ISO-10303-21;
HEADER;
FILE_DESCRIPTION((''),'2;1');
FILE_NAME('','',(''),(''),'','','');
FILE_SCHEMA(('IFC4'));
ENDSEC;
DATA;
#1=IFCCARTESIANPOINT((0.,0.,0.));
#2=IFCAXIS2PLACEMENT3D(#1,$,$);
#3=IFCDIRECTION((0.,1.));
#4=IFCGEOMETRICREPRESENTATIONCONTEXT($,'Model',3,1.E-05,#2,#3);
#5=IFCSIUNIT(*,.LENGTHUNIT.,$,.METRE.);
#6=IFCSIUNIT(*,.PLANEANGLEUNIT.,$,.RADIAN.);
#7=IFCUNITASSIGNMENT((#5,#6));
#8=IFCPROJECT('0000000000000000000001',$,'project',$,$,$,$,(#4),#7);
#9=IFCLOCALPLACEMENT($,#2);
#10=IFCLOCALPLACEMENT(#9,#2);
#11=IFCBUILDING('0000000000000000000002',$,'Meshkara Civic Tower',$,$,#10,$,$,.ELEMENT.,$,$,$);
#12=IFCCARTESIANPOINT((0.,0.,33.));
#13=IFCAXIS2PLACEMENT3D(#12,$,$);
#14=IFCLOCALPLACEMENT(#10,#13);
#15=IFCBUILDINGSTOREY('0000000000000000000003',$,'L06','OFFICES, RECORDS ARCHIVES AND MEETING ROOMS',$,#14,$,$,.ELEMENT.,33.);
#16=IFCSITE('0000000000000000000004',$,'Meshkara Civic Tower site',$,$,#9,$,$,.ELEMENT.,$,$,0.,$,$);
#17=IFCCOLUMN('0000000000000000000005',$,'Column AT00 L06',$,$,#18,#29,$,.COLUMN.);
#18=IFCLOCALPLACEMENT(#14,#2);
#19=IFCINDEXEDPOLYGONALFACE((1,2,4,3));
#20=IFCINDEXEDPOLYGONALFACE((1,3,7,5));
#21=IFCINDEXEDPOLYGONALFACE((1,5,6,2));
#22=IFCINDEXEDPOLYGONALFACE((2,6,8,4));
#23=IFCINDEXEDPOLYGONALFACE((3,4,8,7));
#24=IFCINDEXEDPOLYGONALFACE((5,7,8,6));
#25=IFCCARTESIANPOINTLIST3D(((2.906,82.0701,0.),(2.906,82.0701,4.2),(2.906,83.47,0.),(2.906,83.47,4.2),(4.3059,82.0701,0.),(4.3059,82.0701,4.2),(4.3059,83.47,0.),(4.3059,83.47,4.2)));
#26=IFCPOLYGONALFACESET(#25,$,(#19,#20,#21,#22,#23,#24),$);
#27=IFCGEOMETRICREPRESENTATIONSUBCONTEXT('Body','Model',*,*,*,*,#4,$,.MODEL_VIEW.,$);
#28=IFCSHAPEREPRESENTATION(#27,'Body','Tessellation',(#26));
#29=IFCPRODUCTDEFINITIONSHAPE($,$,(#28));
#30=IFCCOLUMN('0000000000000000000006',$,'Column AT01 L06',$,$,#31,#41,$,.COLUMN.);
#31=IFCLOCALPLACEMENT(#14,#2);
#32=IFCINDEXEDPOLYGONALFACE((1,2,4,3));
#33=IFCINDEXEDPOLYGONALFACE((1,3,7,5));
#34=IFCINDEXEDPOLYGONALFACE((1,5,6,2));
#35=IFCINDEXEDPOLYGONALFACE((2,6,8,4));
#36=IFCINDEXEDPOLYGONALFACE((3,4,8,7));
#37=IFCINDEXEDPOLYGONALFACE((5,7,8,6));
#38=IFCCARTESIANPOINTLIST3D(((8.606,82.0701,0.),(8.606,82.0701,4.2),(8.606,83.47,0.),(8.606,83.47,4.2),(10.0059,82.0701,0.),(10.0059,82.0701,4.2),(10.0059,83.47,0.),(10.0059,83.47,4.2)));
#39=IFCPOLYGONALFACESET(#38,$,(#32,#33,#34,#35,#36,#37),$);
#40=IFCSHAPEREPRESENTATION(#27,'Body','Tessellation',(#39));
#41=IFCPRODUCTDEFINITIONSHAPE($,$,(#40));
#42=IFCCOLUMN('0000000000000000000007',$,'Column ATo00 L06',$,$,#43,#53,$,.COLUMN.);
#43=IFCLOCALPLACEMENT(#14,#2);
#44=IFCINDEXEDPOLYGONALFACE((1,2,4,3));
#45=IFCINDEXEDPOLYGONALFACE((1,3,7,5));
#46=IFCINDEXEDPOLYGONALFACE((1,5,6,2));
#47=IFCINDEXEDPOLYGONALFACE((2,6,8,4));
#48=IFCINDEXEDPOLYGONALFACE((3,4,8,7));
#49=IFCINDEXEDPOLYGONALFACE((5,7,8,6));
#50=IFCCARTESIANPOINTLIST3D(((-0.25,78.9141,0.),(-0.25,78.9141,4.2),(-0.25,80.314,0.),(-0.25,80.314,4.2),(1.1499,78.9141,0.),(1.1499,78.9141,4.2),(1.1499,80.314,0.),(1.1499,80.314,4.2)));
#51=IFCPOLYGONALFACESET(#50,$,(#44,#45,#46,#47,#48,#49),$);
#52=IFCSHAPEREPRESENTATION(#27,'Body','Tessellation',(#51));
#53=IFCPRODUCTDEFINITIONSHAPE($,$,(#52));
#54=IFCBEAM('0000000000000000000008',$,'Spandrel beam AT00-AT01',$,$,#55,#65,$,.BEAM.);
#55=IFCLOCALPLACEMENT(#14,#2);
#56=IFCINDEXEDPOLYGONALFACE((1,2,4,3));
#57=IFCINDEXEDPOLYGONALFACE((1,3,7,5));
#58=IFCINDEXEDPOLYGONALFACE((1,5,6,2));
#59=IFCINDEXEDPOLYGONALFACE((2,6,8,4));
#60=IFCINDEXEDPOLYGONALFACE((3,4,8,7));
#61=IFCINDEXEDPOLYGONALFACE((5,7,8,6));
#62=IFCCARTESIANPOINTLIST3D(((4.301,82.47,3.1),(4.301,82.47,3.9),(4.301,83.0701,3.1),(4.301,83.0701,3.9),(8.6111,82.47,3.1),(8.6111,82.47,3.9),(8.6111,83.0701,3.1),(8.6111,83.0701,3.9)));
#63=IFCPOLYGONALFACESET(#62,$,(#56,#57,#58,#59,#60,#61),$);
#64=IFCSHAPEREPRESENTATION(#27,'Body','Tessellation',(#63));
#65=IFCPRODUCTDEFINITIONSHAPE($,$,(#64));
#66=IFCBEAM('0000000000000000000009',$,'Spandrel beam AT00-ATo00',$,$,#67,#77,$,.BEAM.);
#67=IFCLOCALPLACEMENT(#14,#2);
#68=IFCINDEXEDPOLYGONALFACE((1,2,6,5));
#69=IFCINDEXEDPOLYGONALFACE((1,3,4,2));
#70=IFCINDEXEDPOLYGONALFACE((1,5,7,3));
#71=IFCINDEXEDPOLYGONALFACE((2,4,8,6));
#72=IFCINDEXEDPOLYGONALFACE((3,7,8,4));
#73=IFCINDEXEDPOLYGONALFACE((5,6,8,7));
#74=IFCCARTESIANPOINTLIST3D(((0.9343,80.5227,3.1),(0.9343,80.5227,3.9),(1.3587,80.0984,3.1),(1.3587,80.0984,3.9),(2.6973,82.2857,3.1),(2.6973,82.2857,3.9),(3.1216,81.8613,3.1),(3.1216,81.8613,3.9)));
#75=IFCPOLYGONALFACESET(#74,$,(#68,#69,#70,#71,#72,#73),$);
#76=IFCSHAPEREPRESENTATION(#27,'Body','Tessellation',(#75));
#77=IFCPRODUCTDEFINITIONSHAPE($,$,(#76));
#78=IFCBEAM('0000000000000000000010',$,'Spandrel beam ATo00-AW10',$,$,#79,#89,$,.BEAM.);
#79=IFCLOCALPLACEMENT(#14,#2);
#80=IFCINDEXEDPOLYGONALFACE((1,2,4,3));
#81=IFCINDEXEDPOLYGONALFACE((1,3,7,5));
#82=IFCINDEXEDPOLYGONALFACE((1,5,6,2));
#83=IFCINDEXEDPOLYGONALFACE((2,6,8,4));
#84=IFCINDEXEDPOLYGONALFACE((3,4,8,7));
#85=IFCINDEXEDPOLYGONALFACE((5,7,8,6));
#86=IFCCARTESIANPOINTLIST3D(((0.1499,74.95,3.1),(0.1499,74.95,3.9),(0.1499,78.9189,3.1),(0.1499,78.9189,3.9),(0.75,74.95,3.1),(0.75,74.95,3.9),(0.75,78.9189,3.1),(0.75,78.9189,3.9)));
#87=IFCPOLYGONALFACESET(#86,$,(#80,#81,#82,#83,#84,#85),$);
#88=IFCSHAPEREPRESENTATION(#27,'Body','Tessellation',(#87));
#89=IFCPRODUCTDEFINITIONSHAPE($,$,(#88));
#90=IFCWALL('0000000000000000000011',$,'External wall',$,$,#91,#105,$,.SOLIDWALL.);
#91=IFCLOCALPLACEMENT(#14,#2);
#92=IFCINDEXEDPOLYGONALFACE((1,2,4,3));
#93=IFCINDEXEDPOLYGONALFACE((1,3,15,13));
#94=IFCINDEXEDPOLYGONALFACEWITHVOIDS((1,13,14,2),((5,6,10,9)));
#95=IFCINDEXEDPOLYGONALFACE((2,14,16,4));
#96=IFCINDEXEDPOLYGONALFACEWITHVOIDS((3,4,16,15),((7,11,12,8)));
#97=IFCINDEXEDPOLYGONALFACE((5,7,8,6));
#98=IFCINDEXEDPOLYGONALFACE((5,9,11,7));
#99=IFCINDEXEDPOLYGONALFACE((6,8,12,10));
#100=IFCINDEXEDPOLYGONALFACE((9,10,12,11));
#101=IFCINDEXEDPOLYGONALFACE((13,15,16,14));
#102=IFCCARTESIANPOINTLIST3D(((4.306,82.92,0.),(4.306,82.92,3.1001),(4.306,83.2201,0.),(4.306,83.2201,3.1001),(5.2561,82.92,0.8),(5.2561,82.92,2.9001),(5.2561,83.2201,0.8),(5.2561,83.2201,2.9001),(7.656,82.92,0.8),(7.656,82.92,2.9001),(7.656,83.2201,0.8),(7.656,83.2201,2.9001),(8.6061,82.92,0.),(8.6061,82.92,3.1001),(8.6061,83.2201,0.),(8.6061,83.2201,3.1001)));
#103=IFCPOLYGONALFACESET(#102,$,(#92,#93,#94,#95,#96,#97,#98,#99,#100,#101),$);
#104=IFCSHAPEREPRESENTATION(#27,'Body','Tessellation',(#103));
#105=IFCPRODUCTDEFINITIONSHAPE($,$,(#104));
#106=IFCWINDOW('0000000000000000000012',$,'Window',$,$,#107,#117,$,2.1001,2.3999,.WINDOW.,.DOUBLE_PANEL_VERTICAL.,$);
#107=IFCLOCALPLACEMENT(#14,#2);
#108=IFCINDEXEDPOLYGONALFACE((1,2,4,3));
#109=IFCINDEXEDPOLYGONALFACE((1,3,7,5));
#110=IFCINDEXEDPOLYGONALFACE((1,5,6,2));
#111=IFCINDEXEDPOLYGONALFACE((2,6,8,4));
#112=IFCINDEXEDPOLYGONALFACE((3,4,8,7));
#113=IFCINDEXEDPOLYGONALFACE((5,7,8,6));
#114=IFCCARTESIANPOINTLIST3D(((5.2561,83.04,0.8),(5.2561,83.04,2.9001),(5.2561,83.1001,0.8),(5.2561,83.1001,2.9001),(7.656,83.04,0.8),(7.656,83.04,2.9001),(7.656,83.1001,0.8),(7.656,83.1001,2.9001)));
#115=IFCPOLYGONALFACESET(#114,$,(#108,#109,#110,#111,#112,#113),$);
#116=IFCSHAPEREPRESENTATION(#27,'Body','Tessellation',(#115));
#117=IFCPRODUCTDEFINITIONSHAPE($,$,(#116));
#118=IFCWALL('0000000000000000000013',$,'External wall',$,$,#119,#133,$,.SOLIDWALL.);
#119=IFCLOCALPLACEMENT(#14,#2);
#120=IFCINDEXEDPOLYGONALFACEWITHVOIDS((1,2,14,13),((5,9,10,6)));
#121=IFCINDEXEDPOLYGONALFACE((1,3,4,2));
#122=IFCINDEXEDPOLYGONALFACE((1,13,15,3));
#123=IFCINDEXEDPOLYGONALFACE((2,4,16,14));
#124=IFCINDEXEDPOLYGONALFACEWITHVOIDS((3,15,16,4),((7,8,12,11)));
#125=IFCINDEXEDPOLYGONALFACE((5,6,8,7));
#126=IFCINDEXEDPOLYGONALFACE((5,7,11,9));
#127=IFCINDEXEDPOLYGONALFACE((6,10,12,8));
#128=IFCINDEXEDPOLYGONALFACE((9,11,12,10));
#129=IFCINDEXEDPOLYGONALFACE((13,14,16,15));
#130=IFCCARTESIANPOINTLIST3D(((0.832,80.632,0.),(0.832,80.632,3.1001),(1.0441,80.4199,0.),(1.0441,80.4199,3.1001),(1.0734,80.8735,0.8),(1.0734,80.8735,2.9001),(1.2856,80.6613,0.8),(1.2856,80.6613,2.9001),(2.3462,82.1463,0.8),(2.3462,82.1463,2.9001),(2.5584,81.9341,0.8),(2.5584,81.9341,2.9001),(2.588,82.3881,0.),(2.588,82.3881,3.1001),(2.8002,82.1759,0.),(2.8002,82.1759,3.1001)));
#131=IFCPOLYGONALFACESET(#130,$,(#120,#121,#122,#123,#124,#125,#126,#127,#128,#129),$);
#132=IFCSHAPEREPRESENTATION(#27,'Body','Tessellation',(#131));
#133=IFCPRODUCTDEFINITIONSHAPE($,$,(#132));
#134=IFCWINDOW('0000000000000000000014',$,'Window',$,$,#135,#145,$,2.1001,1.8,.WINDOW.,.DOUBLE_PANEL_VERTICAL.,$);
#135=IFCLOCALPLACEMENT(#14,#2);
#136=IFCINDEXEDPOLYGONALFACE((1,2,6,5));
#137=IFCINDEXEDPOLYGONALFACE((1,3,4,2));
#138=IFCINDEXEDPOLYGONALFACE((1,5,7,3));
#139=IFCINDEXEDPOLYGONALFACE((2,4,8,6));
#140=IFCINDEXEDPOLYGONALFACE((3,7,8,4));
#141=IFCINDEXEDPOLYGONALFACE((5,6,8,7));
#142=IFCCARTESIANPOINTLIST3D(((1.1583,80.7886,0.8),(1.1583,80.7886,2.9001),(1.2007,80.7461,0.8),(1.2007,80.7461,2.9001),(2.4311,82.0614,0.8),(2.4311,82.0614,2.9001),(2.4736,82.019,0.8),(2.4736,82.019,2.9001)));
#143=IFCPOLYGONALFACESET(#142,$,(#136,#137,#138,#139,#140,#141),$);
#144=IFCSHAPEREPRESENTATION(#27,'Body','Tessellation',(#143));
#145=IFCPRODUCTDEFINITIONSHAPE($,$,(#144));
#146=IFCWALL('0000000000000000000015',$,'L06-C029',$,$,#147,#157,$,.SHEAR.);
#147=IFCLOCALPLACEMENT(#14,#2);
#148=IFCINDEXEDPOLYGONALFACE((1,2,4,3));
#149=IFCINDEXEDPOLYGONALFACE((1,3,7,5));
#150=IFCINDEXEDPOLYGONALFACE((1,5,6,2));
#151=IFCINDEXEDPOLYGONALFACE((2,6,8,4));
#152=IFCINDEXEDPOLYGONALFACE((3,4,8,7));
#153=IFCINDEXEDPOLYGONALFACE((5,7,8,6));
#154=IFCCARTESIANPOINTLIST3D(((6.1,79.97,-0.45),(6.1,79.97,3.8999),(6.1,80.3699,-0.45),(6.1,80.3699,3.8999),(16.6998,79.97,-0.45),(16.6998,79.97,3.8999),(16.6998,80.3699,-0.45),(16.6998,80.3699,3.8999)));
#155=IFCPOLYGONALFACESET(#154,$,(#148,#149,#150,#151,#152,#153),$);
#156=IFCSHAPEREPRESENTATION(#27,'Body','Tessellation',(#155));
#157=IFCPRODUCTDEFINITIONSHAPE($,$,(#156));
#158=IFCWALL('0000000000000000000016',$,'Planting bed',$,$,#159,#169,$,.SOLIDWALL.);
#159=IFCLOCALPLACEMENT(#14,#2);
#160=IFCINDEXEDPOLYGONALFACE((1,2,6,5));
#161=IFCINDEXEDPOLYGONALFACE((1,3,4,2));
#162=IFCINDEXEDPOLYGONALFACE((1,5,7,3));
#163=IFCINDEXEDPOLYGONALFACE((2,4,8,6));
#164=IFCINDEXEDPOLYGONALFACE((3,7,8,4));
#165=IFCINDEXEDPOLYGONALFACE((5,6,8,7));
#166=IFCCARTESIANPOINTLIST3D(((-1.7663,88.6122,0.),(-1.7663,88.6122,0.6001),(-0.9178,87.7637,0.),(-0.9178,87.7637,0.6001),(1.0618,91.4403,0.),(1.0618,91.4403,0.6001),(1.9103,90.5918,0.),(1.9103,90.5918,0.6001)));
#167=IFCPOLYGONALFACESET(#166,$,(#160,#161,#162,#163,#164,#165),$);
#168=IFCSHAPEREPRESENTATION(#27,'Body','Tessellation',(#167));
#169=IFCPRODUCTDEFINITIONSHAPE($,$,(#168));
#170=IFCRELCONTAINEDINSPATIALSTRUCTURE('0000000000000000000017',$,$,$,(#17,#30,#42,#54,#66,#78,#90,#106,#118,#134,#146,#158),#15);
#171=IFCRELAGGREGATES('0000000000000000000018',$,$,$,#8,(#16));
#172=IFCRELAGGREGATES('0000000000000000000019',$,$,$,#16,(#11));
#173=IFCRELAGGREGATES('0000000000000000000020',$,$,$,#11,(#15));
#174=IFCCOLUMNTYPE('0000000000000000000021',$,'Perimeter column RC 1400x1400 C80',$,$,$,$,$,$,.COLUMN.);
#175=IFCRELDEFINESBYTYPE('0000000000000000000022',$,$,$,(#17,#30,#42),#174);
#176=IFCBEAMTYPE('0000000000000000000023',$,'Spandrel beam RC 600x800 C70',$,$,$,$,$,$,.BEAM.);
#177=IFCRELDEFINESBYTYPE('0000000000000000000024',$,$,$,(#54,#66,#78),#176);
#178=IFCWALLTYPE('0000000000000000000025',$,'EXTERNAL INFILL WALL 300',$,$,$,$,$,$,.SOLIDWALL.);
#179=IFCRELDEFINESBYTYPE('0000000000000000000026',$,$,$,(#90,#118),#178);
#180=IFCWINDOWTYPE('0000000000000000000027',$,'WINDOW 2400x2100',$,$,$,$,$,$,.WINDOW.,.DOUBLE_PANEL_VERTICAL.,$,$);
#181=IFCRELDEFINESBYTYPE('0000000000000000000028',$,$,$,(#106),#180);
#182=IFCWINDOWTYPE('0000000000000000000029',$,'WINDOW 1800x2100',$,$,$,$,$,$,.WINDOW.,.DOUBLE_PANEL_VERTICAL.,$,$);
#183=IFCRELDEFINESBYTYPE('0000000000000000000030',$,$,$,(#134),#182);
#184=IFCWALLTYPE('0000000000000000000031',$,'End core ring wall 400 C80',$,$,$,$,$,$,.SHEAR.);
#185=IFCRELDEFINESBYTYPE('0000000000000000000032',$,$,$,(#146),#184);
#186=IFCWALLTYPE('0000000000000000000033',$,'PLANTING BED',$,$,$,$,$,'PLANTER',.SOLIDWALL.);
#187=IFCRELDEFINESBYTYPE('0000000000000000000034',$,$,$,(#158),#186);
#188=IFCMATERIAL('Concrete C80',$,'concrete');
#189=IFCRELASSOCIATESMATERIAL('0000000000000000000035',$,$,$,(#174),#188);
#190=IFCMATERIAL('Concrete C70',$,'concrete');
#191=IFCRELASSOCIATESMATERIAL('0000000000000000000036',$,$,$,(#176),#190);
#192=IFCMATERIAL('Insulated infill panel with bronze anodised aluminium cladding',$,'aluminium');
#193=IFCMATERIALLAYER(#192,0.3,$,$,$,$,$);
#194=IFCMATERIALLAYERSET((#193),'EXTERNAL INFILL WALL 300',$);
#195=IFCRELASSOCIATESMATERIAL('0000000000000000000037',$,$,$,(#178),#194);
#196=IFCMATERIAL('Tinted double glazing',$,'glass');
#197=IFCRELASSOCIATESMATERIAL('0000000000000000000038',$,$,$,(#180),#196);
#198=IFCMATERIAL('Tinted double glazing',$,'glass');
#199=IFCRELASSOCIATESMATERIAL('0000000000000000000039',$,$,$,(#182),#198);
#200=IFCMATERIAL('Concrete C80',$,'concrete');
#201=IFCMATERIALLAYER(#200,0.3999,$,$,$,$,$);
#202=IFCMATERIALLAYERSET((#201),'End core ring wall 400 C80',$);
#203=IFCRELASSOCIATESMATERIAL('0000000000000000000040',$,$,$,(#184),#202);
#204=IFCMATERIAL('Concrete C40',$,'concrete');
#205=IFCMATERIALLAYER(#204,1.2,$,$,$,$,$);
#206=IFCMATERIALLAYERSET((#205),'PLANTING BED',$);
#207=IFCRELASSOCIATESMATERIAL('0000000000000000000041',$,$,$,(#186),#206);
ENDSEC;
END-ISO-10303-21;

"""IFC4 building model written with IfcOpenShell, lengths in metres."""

from ifc_helpers import new_model, si_unit, direction, frame, frame_2d, origin, origin_2d, place, context, subcontext, project, spatial, rectangle, extrude, material, layer, layer_set, material_profile, profile_set, type_object, element, fill, save


model = new_model("IFC4")

# Units and contexts
model_context = context("Model", 3, precision=1e-05, world=origin(), true_north=direction((0.0, 1.0)))
body_context = subcontext(model_context, "Body", "Model", "MODEL_VIEW")
ifc_project = project(units=[si_unit("LENGTHUNIT", "METRE"), si_unit("PLANEANGLEUNIT", "RADIAN")], contexts=[model_context])

# Site, building, storey
site_placement = place(None, origin())
site = spatial("IfcSite", under=ifc_project, at=site_placement, Name="Meshkara Civic Tower site", CompositionType="ELEMENT", RefElevation=0.0)
building_placement = place(site_placement, origin())
building = spatial("IfcBuilding", under=site, at=building_placement, Name="Meshkara Civic Tower", CompositionType="ELEMENT")
storey_placement = place(building_placement, frame((0.0, 0.0, 33.0)))
storey = spatial("IfcBuildingStorey", under=building, at=storey_placement, Name="L06", Description="OFFICES, RECORDS ARCHIVES AND MEETING ROOMS", CompositionType="ELEMENT", Elevation=33.0)

# Columns
ifc_material_1 = material(Name="Concrete C80", Category="concrete")
ifc_material_profile_1 = material_profile(ifc_material_1, rectangle(XDim=1.3999, YDim=1.3999, at=origin_2d()))
ifc_profile_set_1 = profile_set([ifc_material_profile_1], Name="Concrete C80")
column_type = type_object("IfcColumnType", Name="Perimeter column RC 1400x1400 C80", PredefinedType="COLUMN", material=ifc_profile_set_1)
for number, where, z_axis, x_axis, name in (
    (1, (3.606, 82.77, 0.0), (0.0, 0.0, 1.0), (1.0, 0.0, 0.0), "Column AT00 L06"),
    (2, (9.3059, 82.77, 0.0), (0.0, 0.0, 1.0), (1.0, 0.0, 0.0), "Column AT01 L06"),
    (3, (0.45, 79.614, 0.0), (0.0, 0.0, 1.0), (1.0, 0.0, 0.0), "Column ATo00 L06"),
):
    element("IfcColumn", number, at=place(storey_placement, frame(where, z_axis=z_axis, x_axis=x_axis)), inside=storey, type_object=column_type, Name=name, PredefinedType="COLUMN", context=body_context, shape_type="SweptSolid", body=[
        extrude(rectangle(XDim=1.3999, YDim=1.3999, at=origin_2d()), origin(), (0.0, 0.0, 1.0), 4.2),
    ])

# Beams
ifc_material_2 = material(Name="Concrete C70", Category="concrete")
ifc_material_profile_2 = material_profile(ifc_material_2, rectangle(XDim=0.6001, YDim=0.8, at=origin_2d()))
ifc_profile_set_2 = profile_set([ifc_material_profile_2], Name="Concrete C70")
beam_type = type_object("IfcBeamType", Name="Spandrel beam RC 600x800 C70", PredefinedType="BEAM", material=ifc_profile_set_2)
beam_1_placement = place(storey_placement, frame((8.6111, 82.77, 3.5), z_axis=(-1.0, 0.0, 0.0), x_axis=(0.0, -1.0, 0.0)))
element("IfcBeam", 4, at=beam_1_placement, inside=storey, type_object=beam_type, Name="Spandrel beam AT00-AT01", PredefinedType="BEAM", context=body_context, shape_type="SweptSolid", body=[
    extrude(rectangle(XDim=0.6001, YDim=0.8, at=origin_2d()), origin(), (0.0, 0.0, 1.0), 4.3101),
])
beam_2_placement = place(storey_placement, frame((2.9094, 82.0735, 3.5), z_axis=(-0.707107, -0.707107, 0.0), x_axis=(0.707107, -0.707107, 0.0)))
element("IfcBeam", 5, at=beam_2_placement, inside=storey, type_object=beam_type, Name="Spandrel beam AT00-ATo00", PredefinedType="BEAM", context=body_context, shape_type="SweptSolid", body=[
    extrude(rectangle(XDim=0.6001, YDim=0.8, at=origin_2d()), origin(), (0.0, 0.0, 1.0), 2.4932),
])
beam_3_placement = place(storey_placement, frame((0.45, 78.9189, 3.5), z_axis=(0.0, -1.0, 0.0), x_axis=(1.0, 0.0, 0.0)))
element("IfcBeam", 6, at=beam_3_placement, inside=storey, type_object=beam_type, Name="Spandrel beam ATo00-AW10", PredefinedType="BEAM", context=body_context, shape_type="SweptSolid", body=[
    extrude(rectangle(XDim=0.6001, YDim=0.8, at=origin_2d()), origin(), (0.0, 0.0, 1.0), 3.969),
])

# Walls, openings, windows
ifc_material_3 = material(Name="Insulated infill panel with bronze anodised aluminium cladding", Category="aluminium")
ifc_layer_1 = layer(ifc_material_3, 0.3)
ifc_layer_set_1 = layer_set([ifc_layer_1], Name="EXTERNAL INFILL WALL 300")
wall_type_1 = type_object("IfcWallType", Name="EXTERNAL INFILL WALL 300", PredefinedType="SOLIDWALL", material=ifc_layer_set_1)
wall_1_placement = place(storey_placement, frame((8.606, 83.0701, 0.0), z_axis=(0.0, 0.0, 1.0), x_axis=(-1.0, 0.0, 0.0)))
wall_1 = element("IfcWall", 7, at=wall_1_placement, inside=storey, type_object=wall_type_1, Name="External wall", PredefinedType="SOLIDWALL", context=body_context, shape_type="SweptSolid", body=[
    extrude(rectangle(XDim=4.3, YDim=0.3, at=frame_2d((2.1499, 0.0))), origin(), (0.0, 0.0, 1.0), 3.1001),
])
opening_1_placement = place(wall_1_placement, frame((0.95, 0.0, 0.8)))
opening_1 = element("IfcOpeningElement", 8, at=opening_1_placement, cuts=wall_1, PredefinedType="OPENING", context=body_context, shape_type="SweptSolid", body=[
    extrude(rectangle(XDim=2.3999, YDim=2.1001, at=frame_2d((1.2, 1.05))), frame((0.0, 0.1599, 0.0), z_axis=(0.0, -1.0, 0.0), x_axis=(1.0, 0.0, 0.0)), (0.0, 0.0, 1.0), 0.3201),
])
ifc_material_4 = material(Name="Tinted double glazing", Category="glass")
window_type_1 = type_object("IfcWindowType", Name="WINDOW 2400x2100", PartitioningType="DOUBLE_PANEL_VERTICAL", PredefinedType="WINDOW", material=ifc_material_4)
window_1_placement = place(opening_1_placement, origin())
window_1 = element("IfcWindow", 9, at=window_1_placement, inside=storey, type_object=window_type_1, Name="Window", OverallHeight=2.1001, OverallWidth=2.3999, PartitioningType="DOUBLE_PANEL_VERTICAL", PredefinedType="WINDOW", context=body_context, shape_type="SweptSolid", body=[
    extrude(rectangle(XDim=2.3999, YDim=2.1001, at=frame_2d((1.2, 1.05))), frame((0.0, 0.03, 0.0), z_axis=(0.0, -1.0, 0.0), x_axis=(1.0, 0.0, 0.0)), (0.0, 0.0, 1.0), 0.0601),
])
fill(opening_1, window_1)
wall_2_placement = place(storey_placement, frame((2.6941, 82.282, 0.0), z_axis=(0.0, 0.0, 1.0), x_axis=(-0.707107, -0.707107, 0.0)))
wall_2 = element("IfcWall", 10, at=wall_2_placement, inside=storey, type_object=wall_type_1, Name="External wall", PredefinedType="SOLIDWALL", context=body_context, shape_type="SweptSolid", body=[
    extrude(rectangle(XDim=2.4834, YDim=0.3, at=frame_2d((1.2417, 0.0))), origin(), (0.0, 0.0, 1.0), 3.1001),
])
opening_2_placement = place(wall_2_placement, frame((0.342, 0.0, 0.8)))
opening_2 = element("IfcOpeningElement", 11, at=opening_2_placement, cuts=wall_2, PredefinedType="OPENING", context=body_context, shape_type="SweptSolid", body=[
    extrude(rectangle(XDim=1.8, YDim=2.1001, at=frame_2d((0.8999, 1.05))), frame((0.0, 0.1599, 0.0), z_axis=(0.0, -1.0, 0.0), x_axis=(1.0, 0.0, 0.0)), (0.0, 0.0, 1.0), 0.3201),
])
ifc_material_5 = material(Name="Tinted double glazing", Category="glass")
window_type_2 = type_object("IfcWindowType", Name="WINDOW 1800x2100", PartitioningType="DOUBLE_PANEL_VERTICAL", PredefinedType="WINDOW", material=ifc_material_5)
window_2_placement = place(opening_2_placement, origin())
window_2 = element("IfcWindow", 12, at=window_2_placement, inside=storey, type_object=window_type_2, Name="Window", OverallHeight=2.1001, OverallWidth=1.8, PartitioningType="DOUBLE_PANEL_VERTICAL", PredefinedType="WINDOW", context=body_context, shape_type="SweptSolid", body=[
    extrude(rectangle(XDim=1.8, YDim=2.1001, at=frame_2d((0.8999, 1.05))), frame((0.0, 0.03, 0.0), z_axis=(0.0, -1.0, 0.0), x_axis=(1.0, 0.0, 0.0)), (0.0, 0.0, 1.0), 0.0601),
])
fill(opening_2, window_2)

# Walls
ifc_material_6 = material(Name="Concrete C80", Category="concrete")
ifc_layer_2 = layer(ifc_material_6, 0.3999)
ifc_layer_set_2 = layer_set([ifc_layer_2], Name="End core ring wall 400 C80")
wall_type_2 = type_object("IfcWallType", Name="End core ring wall 400 C80", PredefinedType="SHEAR", material=ifc_layer_set_2)
wall_3_placement = place(storey_placement, frame((6.1001, 80.1699, -0.45), z_axis=(0.0, 0.0, 1.0), x_axis=(1.0, 0.0, 0.0)))
element("IfcWall", 13, at=wall_3_placement, inside=storey, type_object=wall_type_2, Name="L06-C029", PredefinedType="SHEAR", context=body_context, shape_type="SweptSolid", body=[
    extrude(rectangle(XDim=10.5999, YDim=0.3999, at=frame_2d((5.2998, 0.0))), origin(), (0.0, 0.0, 1.0), 4.3499),
])
ifc_material_7 = material(Name="Concrete C40", Category="concrete")
ifc_layer_3 = layer(ifc_material_7, 1.2)
ifc_layer_set_3 = layer_set([ifc_layer_3], Name="PLANTING BED")
wall_type_3 = type_object("IfcWallType", Name="PLANTING BED", ElementType="PLANTER", PredefinedType="SOLIDWALL", material=ifc_layer_set_3)
wall_4_placement = place(storey_placement, frame((-1.342, 88.188, 0.0), z_axis=(0.0, 0.0, 1.0), x_axis=(0.707107, 0.707107, 0.0)))
element("IfcWall", 14, at=wall_4_placement, inside=storey, type_object=wall_type_3, Name="Planting bed", PredefinedType="SOLIDWALL", context=body_context, shape_type="SweptSolid", body=[
    extrude(rectangle(XDim=3.9995, YDim=1.2, at=frame_2d((1.9998, 0.0))), origin(), (0.0, 0.0, 1.0), 0.6001),
])

save(model, "model.ifc")
